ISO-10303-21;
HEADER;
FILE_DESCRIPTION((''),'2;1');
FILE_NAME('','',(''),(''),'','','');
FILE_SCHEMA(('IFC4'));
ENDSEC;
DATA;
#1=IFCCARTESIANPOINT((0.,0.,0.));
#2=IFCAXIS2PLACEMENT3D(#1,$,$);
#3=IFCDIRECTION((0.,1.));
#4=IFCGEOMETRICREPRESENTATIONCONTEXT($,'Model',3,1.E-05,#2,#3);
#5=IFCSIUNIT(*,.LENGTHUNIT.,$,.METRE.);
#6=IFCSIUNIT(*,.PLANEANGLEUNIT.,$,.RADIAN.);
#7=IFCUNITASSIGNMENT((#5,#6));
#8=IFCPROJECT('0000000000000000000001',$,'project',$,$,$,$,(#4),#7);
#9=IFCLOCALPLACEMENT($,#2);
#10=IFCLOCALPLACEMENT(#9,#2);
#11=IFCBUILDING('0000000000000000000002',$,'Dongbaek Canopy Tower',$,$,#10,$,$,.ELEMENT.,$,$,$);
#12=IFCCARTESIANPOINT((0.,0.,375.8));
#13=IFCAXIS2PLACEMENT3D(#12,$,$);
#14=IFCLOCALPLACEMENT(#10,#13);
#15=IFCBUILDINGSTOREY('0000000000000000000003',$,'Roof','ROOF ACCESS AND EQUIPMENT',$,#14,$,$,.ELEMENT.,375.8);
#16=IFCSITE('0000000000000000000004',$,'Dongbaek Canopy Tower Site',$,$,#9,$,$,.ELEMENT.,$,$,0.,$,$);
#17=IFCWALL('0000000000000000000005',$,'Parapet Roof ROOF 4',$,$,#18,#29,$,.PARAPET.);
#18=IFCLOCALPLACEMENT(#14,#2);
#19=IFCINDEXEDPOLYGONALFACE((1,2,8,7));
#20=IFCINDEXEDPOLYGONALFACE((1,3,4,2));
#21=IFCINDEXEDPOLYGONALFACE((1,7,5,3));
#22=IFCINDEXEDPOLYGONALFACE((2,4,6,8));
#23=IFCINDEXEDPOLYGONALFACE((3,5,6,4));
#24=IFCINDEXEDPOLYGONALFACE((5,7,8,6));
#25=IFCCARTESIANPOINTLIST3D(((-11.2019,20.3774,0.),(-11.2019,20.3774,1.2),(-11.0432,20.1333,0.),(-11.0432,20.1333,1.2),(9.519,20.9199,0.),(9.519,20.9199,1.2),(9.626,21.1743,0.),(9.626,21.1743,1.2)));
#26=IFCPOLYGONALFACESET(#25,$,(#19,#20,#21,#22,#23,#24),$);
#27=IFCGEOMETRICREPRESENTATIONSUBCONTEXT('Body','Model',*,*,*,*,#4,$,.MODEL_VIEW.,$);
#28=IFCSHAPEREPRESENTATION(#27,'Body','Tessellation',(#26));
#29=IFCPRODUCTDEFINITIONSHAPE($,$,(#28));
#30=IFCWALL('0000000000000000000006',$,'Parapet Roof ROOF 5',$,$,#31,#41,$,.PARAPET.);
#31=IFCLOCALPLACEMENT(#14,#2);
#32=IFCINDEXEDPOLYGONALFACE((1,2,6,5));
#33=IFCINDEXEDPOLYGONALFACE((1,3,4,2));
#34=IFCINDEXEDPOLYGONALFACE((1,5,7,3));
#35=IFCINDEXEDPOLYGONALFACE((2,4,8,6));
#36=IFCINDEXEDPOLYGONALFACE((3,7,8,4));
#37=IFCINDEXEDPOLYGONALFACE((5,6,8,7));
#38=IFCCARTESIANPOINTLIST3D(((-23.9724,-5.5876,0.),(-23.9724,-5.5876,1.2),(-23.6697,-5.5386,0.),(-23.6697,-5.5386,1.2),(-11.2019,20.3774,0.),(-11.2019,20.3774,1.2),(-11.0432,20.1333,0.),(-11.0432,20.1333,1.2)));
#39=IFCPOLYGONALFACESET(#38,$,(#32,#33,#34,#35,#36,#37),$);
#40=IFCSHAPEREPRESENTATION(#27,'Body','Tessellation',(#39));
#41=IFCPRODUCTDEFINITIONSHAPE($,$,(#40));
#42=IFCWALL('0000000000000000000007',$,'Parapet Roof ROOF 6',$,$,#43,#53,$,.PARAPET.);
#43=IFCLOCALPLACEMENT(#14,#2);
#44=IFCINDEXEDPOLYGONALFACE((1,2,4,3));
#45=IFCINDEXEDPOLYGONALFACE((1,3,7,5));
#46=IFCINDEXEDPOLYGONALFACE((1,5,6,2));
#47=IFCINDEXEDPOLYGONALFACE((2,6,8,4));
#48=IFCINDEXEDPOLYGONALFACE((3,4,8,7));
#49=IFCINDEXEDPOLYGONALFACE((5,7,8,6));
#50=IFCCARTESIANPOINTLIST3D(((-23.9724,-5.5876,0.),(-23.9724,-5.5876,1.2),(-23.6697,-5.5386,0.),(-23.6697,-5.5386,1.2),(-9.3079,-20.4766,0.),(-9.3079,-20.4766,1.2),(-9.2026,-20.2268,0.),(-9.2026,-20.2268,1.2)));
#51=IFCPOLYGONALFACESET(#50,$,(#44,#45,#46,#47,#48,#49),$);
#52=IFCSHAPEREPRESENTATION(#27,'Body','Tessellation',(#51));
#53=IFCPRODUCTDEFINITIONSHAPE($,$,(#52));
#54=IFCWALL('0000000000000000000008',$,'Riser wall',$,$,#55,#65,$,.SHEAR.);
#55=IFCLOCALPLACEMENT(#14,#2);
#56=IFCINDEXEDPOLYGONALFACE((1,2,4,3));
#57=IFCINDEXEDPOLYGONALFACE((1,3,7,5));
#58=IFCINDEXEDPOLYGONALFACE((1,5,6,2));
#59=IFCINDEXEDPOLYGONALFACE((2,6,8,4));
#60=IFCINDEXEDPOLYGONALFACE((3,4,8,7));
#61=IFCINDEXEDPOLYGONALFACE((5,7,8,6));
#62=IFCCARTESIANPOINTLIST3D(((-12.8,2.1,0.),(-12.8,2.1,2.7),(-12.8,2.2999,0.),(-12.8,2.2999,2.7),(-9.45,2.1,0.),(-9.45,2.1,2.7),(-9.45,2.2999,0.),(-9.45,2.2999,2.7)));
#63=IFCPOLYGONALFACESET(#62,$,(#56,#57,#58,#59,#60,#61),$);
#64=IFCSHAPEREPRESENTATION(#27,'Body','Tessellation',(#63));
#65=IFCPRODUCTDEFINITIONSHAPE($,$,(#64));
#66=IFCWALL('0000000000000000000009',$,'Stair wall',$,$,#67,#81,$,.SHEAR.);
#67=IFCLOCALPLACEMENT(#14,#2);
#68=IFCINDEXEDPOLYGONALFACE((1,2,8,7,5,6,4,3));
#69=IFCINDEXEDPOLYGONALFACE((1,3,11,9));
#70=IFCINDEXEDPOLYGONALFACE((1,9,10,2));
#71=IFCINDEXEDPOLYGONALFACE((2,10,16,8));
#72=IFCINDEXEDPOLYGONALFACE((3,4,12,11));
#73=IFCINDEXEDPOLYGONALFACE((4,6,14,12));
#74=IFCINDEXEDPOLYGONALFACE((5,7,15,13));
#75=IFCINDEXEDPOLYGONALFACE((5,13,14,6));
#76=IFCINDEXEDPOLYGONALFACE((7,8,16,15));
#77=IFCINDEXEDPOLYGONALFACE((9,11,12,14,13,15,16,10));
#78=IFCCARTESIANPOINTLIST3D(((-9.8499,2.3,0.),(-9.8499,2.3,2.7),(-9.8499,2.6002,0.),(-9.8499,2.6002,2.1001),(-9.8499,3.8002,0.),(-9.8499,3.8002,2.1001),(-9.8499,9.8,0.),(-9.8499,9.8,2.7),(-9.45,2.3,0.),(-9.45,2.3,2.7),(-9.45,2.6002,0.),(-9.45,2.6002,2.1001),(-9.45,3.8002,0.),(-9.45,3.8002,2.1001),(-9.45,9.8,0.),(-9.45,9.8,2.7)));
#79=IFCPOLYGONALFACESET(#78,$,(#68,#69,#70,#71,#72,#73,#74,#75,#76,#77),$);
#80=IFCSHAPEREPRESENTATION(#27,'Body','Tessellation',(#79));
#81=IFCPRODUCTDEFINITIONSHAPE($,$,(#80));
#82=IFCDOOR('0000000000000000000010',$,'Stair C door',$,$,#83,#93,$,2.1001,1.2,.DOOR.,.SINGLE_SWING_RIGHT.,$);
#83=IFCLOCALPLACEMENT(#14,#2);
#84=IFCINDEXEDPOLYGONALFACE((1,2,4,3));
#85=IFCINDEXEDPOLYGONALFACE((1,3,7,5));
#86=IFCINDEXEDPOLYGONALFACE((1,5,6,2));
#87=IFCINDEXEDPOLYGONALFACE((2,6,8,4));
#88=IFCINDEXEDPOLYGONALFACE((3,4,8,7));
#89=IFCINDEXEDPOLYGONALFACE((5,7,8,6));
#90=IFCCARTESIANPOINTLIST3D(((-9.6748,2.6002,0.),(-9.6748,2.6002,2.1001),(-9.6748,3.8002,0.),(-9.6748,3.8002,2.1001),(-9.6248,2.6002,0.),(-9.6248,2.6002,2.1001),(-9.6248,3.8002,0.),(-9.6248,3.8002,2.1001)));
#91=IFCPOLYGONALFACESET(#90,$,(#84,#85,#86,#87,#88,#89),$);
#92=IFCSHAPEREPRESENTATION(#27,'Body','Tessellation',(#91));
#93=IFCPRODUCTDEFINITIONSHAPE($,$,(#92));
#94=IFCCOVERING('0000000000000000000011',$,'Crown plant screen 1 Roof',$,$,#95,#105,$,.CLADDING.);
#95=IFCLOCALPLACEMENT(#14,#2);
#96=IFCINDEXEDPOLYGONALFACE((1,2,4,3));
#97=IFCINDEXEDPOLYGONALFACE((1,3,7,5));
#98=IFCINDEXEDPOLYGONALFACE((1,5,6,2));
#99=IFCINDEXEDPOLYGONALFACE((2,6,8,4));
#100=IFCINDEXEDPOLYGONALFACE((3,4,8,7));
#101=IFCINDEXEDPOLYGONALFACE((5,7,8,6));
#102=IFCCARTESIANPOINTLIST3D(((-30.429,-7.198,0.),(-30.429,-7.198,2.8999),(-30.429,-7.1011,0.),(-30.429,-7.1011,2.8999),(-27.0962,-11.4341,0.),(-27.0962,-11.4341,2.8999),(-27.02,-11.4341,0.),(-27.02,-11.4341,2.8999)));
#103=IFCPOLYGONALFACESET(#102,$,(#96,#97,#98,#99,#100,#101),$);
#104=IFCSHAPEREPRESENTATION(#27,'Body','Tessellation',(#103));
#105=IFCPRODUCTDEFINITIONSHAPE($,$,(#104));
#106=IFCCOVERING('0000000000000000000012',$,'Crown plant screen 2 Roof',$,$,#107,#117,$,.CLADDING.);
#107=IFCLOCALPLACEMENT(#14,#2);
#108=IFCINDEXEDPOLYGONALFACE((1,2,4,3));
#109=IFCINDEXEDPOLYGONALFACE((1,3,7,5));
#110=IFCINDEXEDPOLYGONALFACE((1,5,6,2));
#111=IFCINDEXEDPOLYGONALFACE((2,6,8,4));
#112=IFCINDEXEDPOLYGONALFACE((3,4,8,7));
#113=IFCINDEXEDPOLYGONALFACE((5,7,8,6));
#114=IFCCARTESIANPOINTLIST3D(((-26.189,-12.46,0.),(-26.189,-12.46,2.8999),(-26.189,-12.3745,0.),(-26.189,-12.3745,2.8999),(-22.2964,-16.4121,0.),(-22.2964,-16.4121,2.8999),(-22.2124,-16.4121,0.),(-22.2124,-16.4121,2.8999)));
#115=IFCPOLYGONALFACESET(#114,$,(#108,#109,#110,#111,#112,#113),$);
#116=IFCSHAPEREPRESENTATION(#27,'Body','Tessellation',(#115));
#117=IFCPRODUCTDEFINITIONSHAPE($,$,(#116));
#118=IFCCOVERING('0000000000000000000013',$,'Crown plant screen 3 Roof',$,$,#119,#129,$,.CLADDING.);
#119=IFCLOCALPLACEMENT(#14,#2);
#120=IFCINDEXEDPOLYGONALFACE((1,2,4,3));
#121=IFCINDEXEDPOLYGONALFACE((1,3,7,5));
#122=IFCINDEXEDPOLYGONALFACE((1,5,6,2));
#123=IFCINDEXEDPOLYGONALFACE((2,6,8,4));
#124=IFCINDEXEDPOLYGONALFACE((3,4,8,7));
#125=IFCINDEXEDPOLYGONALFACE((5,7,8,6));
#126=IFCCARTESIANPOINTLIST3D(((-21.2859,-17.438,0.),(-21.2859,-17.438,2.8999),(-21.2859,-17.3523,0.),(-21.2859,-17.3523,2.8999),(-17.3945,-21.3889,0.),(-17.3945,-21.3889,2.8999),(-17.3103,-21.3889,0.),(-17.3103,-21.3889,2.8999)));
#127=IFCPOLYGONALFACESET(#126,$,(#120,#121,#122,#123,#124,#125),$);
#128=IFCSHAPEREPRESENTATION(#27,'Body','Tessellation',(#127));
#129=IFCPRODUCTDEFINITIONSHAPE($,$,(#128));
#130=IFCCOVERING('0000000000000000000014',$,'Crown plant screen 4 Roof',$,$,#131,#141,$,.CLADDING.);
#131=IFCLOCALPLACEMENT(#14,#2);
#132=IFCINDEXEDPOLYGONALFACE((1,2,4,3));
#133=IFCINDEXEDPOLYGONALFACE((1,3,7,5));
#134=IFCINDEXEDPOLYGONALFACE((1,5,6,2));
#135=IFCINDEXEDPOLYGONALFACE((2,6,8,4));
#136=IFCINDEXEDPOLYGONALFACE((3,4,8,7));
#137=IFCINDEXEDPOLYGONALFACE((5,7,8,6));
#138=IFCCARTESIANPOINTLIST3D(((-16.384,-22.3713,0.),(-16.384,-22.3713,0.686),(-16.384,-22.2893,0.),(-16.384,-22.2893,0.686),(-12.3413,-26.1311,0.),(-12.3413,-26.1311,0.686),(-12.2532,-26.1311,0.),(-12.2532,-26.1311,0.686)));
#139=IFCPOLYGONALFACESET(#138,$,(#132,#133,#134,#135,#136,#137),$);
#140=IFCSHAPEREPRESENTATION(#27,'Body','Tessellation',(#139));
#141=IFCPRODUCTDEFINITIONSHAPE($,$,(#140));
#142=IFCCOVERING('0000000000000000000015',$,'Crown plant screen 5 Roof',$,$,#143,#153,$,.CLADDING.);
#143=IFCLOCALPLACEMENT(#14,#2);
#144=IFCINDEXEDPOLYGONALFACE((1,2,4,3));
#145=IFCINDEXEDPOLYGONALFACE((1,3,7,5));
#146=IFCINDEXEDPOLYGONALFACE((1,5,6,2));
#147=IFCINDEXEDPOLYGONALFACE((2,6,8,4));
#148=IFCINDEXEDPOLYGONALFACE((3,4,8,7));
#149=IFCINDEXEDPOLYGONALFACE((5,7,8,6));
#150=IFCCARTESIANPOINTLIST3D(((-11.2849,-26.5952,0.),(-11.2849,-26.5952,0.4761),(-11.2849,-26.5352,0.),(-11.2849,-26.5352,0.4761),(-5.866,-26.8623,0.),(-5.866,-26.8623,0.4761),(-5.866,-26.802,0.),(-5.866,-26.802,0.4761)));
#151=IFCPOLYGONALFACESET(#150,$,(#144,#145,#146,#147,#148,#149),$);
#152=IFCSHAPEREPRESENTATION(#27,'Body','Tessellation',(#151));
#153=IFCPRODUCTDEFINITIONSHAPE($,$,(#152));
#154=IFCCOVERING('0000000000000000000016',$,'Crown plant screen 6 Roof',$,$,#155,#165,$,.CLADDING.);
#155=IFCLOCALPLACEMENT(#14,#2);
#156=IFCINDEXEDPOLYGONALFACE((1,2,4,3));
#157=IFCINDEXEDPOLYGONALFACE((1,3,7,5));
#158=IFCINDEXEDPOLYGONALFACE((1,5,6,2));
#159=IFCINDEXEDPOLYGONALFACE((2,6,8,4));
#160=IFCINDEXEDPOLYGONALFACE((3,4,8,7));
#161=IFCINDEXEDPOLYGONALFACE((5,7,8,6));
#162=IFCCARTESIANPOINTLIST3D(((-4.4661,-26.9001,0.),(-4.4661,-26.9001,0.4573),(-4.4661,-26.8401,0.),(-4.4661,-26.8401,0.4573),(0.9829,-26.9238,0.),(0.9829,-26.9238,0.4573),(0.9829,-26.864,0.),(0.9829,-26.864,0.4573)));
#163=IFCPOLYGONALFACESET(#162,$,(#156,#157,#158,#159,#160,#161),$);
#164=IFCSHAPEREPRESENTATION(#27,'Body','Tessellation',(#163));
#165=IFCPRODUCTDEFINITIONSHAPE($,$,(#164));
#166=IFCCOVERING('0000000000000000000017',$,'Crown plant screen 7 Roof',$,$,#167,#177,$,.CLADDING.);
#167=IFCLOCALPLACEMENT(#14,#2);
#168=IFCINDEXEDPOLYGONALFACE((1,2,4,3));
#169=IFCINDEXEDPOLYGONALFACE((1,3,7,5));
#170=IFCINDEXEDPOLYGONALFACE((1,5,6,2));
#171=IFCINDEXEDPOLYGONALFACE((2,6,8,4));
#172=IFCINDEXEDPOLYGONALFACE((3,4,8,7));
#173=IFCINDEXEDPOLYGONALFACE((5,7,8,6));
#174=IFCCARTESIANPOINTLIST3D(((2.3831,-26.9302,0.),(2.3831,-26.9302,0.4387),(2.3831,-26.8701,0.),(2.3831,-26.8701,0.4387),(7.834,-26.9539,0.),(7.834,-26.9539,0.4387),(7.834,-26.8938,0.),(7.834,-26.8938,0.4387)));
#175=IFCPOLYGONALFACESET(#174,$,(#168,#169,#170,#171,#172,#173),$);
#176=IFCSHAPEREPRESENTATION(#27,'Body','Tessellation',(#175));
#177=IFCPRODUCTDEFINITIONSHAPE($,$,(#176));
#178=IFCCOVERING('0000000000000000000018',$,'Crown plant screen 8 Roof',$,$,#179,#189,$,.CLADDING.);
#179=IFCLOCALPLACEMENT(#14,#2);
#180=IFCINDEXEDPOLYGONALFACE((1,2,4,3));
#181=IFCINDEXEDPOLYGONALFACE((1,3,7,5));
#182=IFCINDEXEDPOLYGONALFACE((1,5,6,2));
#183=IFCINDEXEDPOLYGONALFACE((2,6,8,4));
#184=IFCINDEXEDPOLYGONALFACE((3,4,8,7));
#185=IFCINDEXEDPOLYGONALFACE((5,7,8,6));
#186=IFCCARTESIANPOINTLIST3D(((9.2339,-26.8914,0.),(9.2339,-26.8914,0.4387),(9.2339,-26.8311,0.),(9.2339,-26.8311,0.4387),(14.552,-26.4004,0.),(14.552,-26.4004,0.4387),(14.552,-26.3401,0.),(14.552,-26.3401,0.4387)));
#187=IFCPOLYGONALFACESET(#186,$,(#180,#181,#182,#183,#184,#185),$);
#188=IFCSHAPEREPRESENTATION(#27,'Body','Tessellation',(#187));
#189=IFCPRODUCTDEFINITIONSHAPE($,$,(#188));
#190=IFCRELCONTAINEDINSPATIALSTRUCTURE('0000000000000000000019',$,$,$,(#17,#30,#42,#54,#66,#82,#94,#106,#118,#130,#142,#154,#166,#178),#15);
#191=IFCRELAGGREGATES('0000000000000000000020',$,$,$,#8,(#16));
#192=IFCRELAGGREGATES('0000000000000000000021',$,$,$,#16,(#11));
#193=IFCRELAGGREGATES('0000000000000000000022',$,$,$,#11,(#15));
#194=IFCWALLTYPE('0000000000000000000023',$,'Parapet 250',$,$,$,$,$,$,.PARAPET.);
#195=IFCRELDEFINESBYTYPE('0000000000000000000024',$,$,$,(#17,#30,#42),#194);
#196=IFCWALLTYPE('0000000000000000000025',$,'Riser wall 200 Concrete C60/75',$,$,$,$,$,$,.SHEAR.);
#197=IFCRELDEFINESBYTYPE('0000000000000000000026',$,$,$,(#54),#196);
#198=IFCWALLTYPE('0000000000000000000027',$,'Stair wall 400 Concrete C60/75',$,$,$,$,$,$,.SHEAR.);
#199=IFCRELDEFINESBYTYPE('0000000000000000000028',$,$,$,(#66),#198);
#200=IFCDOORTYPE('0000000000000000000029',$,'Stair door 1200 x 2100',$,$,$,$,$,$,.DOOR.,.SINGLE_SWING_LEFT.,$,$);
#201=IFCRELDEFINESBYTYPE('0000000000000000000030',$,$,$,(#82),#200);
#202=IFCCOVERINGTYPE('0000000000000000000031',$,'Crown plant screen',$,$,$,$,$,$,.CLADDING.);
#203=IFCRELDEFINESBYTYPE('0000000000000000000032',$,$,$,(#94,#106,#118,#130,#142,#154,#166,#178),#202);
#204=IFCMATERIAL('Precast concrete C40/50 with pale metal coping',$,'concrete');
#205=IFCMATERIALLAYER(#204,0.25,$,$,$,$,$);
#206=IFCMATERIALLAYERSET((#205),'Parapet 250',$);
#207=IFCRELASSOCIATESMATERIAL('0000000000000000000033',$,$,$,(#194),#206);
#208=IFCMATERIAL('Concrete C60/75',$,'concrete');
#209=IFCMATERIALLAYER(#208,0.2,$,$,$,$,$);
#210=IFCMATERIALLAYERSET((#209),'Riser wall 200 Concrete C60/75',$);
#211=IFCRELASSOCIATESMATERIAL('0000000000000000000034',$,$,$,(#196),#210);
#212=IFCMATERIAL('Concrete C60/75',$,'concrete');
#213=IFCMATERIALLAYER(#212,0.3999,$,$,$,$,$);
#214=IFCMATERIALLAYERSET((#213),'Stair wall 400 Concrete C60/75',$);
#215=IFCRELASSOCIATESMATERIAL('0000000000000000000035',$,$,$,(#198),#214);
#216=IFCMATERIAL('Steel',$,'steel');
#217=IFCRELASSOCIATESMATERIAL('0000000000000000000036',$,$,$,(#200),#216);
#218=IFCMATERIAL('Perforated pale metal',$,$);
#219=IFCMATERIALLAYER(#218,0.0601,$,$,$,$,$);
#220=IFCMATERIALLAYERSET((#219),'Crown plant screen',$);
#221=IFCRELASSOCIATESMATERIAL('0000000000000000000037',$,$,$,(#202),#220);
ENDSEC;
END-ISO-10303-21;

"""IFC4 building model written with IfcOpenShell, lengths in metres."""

from ifc_helpers import new_model, si_unit, direction, frame, frame_2d, origin, place, context, subcontext, project, spatial, polyline, rectangle, outline, extrude, material, layer, layer_set, type_object, element, fill, save


model = new_model("IFC4")

# Units and contexts
model_context = context("Model", 3, precision=1e-05, world=origin(), true_north=direction((0.0, 1.0)))
body_context = subcontext(model_context, "Body", "Model", "MODEL_VIEW")
ifc_project = project(units=[si_unit("LENGTHUNIT", "METRE"), si_unit("PLANEANGLEUNIT", "RADIAN")], contexts=[model_context])

# Site, building, storey
site_placement = place(None, origin())
site = spatial("IfcSite", under=ifc_project, at=site_placement, Name="Dongbaek Canopy Tower Site", CompositionType="ELEMENT", RefElevation=0.0)
building_placement = place(site_placement, origin())
building = spatial("IfcBuilding", under=site, at=building_placement, Name="Dongbaek Canopy Tower", CompositionType="ELEMENT")
storey_placement = place(building_placement, frame((0.0, 0.0, 375.8)))
storey = spatial("IfcBuildingStorey", under=building, at=storey_placement, Name="Roof", Description="ROOF ACCESS AND EQUIPMENT", CompositionType="ELEMENT", Elevation=375.8)

# Walls
ifc_material_1 = material(Name="Precast concrete C40/50 with pale metal coping", Category="concrete")
ifc_layer_1 = layer(ifc_material_1, 0.25)
ifc_layer_set_1 = layer_set([ifc_layer_1], Name="Parapet 250")
wall_type_1 = type_object("IfcWallType", Name="Parapet 250", PredefinedType="PARAPET", material=ifc_layer_set_1)
wall_1_placement = place(storey_placement, origin())
element("IfcWall", 1, at=wall_1_placement, inside=storey, type_object=wall_type_1, Name="Parapet Roof ROOF 4", PredefinedType="PARAPET", context=body_context, shape_type="SweptSolid", body=[
    extrude(outline(polyline([(9.626, 21.1743), (-11.2019, 20.3774), (-11.0432, 20.1333), (9.519, 20.9199), (9.626, 21.1743)])), origin(), (0.0, 0.0, 1.0), 1.2),
])
wall_2_placement = place(storey_placement, origin())
element("IfcWall", 2, at=wall_2_placement, inside=storey, type_object=wall_type_1, Name="Parapet Roof ROOF 5", PredefinedType="PARAPET", context=body_context, shape_type="SweptSolid", body=[
    extrude(outline(polyline([(-11.2019, 20.3774), (-23.9724, -5.5876), (-23.6697, -5.5386), (-11.0432, 20.1333), (-11.2019, 20.3774)])), origin(), (0.0, 0.0, 1.0), 1.2),
])
wall_3_placement = place(storey_placement, origin())
element("IfcWall", 3, at=wall_3_placement, inside=storey, type_object=wall_type_1, Name="Parapet Roof ROOF 6", PredefinedType="PARAPET", context=body_context, shape_type="SweptSolid", body=[
    extrude(outline(polyline([(-23.9724, -5.5876), (-9.3079, -20.4766), (-9.2026, -20.2268), (-23.6697, -5.5386), (-23.9724, -5.5876)])), origin(), (0.0, 0.0, 1.0), 1.2),
])
ifc_material_2 = material(Name="Concrete C60/75", Category="concrete")
ifc_layer_2 = layer(ifc_material_2, 0.2)
ifc_layer_set_2 = layer_set([ifc_layer_2], Name="Riser wall 200 Concrete C60/75")
wall_type_2 = type_object("IfcWallType", Name="Riser wall 200 Concrete C60/75", PredefinedType="SHEAR", material=ifc_layer_set_2)
wall_4_placement = place(storey_placement, frame((-9.45, 2.2, 0.0), z_axis=(0.0, 0.0, 1.0), x_axis=(-1.0, 0.0, 0.0)))
element("IfcWall", 4, at=wall_4_placement, inside=storey, type_object=wall_type_2, Name="Riser wall", PredefinedType="SHEAR", context=body_context, shape_type="SweptSolid", body=[
    extrude(rectangle(XDim=3.3501, YDim=0.2, at=frame_2d((1.675, 0.0))), origin(), (0.0, 0.0, 1.0), 2.7),
])

# Wall, opening, door
ifc_material_3 = material(Name="Concrete C60/75", Category="concrete")
ifc_layer_3 = layer(ifc_material_3, 0.3999)
ifc_layer_set_3 = layer_set([ifc_layer_3], Name="Stair wall 400 Concrete C60/75")
wall_type_3 = type_object("IfcWallType", Name="Stair wall 400 Concrete C60/75", PredefinedType="SHEAR", material=ifc_layer_set_3)
wall_5_placement = place(storey_placement, frame((-9.6499, 2.3, 0.0), z_axis=(0.0, 0.0, 1.0), x_axis=(0.0, 1.0, 0.0)))
wall_5 = element("IfcWall", 5, at=wall_5_placement, inside=storey, type_object=wall_type_3, Name="Stair wall", PredefinedType="SHEAR", context=body_context, shape_type="SweptSolid", body=[
    extrude(rectangle(XDim=7.5, YDim=0.3999, at=frame_2d((3.75, 0.0))), origin(), (0.0, 0.0, 1.0), 2.7),
])
opening_placement = place(wall_5_placement, frame((0.3, 0.0, 0.0)))
opening = element("IfcOpeningElement", 6, at=opening_placement, cuts=wall_5, PredefinedType="OPENING", context=body_context, shape_type="SweptSolid", body=[
    extrude(rectangle(XDim=1.2, YDim=2.1001, at=frame_2d((0.6001, 1.05))), frame((0.0, 0.21, 0.0), z_axis=(0.0, -1.0, 0.0), x_axis=(1.0, 0.0, 0.0)), (0.0, 0.0, 1.0), 0.4199),
])
ifc_material_4 = material(Name="Steel", Category="steel")
door_type = type_object("IfcDoorType", Name="Stair door 1200 x 2100", OperationType="SINGLE_SWING_LEFT", PredefinedType="DOOR", material=ifc_material_4)
door_placement = place(opening_placement, origin())
door = element("IfcDoor", 7, at=door_placement, inside=storey, type_object=door_type, Name="Stair C door", OperationType="SINGLE_SWING_RIGHT", OverallHeight=2.1001, OverallWidth=1.2, PredefinedType="DOOR", context=body_context, shape_type="SweptSolid", body=[
    extrude(rectangle(XDim=1.2, YDim=2.1001, at=frame_2d((0.6001, 1.05))), frame((0.0, 0.0249, 0.0), z_axis=(0.0, -1.0, 0.0), x_axis=(1.0, 0.0, 0.0)), (0.0, 0.0, 1.0), 0.05),
])
fill(opening, door)

# Coverings
ifc_material_5 = material(Name="Perforated pale metal")
ifc_layer_4 = layer(ifc_material_5, 0.0601)
ifc_layer_set_4 = layer_set([ifc_layer_4], Name="Crown plant screen")
covering_type = type_object("IfcCoveringType", Name="Crown plant screen", PredefinedType="CLADDING", material=ifc_layer_set_4)
covering_1_placement = place(storey_placement, origin())
element("IfcCovering", 8, at=covering_1_placement, inside=storey, type_object=covering_type, Name="Crown plant screen 1 Roof", PredefinedType="CLADDING", context=body_context, shape_type="SweptSolid", body=[
    extrude(outline(polyline([(-30.429, -7.198), (-30.429, -7.1011), (-27.02, -11.4341), (-27.0962, -11.4341), (-30.429, -7.198)])), origin(), (0.0, 0.0, 1.0), 2.8999),
])
covering_2_placement = place(storey_placement, origin())
element("IfcCovering", 9, at=covering_2_placement, inside=storey, type_object=covering_type, Name="Crown plant screen 2 Roof", PredefinedType="CLADDING", context=body_context, shape_type="SweptSolid", body=[
    extrude(outline(polyline([(-26.189, -12.46), (-26.189, -12.3745), (-22.2124, -16.4121), (-22.2964, -16.4121), (-26.189, -12.46)])), origin(), (0.0, 0.0, 1.0), 2.8999),
])
covering_3_placement = place(storey_placement, origin())
element("IfcCovering", 10, at=covering_3_placement, inside=storey, type_object=covering_type, Name="Crown plant screen 3 Roof", PredefinedType="CLADDING", context=body_context, shape_type="SweptSolid", body=[
    extrude(outline(polyline([(-21.2859, -17.438), (-21.2859, -17.3523), (-17.3103, -21.3889), (-17.3945, -21.3889), (-21.2859, -17.438)])), origin(), (0.0, 0.0, 1.0), 2.8999),
])
covering_4_placement = place(storey_placement, origin())
element("IfcCovering", 11, at=covering_4_placement, inside=storey, type_object=covering_type, Name="Crown plant screen 4 Roof", PredefinedType="CLADDING", context=body_context, shape_type="SweptSolid", body=[
    extrude(outline(polyline([(-16.384, -22.3713), (-16.384, -22.2893), (-12.2532, -26.1311), (-12.3413, -26.1311), (-16.384, -22.3713)])), origin(), (0.0, 0.0, 1.0), 0.686),
])
covering_5_placement = place(storey_placement, origin())
element("IfcCovering", 12, at=covering_5_placement, inside=storey, type_object=covering_type, Name="Crown plant screen 5 Roof", PredefinedType="CLADDING", context=body_context, shape_type="SweptSolid", body=[
    extrude(outline(polyline([(-11.2849, -26.5952), (-11.2849, -26.5352), (-5.866, -26.802), (-5.866, -26.8623), (-11.2849, -26.5952)])), origin(), (0.0, 0.0, 1.0), 0.4761),
])
covering_6_placement = place(storey_placement, origin())
element("IfcCovering", 13, at=covering_6_placement, inside=storey, type_object=covering_type, Name="Crown plant screen 6 Roof", PredefinedType="CLADDING", context=body_context, shape_type="SweptSolid", body=[
    extrude(outline(polyline([(-4.4661, -26.9001), (-4.4661, -26.8401), (0.9829, -26.864), (0.9829, -26.9238), (-4.4661, -26.9001)])), origin(), (0.0, 0.0, 1.0), 0.4573),
])
covering_7_placement = place(storey_placement, origin())
element("IfcCovering", 14, at=covering_7_placement, inside=storey, type_object=covering_type, Name="Crown plant screen 7 Roof", PredefinedType="CLADDING", context=body_context, shape_type="SweptSolid", body=[
    extrude(outline(polyline([(2.3831, -26.9302), (2.3831, -26.8701), (7.834, -26.8938), (7.834, -26.9539), (2.3831, -26.9302)])), origin(), (0.0, 0.0, 1.0), 0.4387),
])
covering_8_placement = place(storey_placement, origin())
element("IfcCovering", 15, at=covering_8_placement, inside=storey, type_object=covering_type, Name="Crown plant screen 8 Roof", PredefinedType="CLADDING", context=body_context, shape_type="SweptSolid", body=[
    extrude(outline(polyline([(9.2339, -26.8914), (9.2339, -26.8311), (14.552, -26.3401), (14.552, -26.4004), (9.2339, -26.8914)])), origin(), (0.0, 0.0, 1.0), 0.4387),
])

save(model, "model.ifc")
